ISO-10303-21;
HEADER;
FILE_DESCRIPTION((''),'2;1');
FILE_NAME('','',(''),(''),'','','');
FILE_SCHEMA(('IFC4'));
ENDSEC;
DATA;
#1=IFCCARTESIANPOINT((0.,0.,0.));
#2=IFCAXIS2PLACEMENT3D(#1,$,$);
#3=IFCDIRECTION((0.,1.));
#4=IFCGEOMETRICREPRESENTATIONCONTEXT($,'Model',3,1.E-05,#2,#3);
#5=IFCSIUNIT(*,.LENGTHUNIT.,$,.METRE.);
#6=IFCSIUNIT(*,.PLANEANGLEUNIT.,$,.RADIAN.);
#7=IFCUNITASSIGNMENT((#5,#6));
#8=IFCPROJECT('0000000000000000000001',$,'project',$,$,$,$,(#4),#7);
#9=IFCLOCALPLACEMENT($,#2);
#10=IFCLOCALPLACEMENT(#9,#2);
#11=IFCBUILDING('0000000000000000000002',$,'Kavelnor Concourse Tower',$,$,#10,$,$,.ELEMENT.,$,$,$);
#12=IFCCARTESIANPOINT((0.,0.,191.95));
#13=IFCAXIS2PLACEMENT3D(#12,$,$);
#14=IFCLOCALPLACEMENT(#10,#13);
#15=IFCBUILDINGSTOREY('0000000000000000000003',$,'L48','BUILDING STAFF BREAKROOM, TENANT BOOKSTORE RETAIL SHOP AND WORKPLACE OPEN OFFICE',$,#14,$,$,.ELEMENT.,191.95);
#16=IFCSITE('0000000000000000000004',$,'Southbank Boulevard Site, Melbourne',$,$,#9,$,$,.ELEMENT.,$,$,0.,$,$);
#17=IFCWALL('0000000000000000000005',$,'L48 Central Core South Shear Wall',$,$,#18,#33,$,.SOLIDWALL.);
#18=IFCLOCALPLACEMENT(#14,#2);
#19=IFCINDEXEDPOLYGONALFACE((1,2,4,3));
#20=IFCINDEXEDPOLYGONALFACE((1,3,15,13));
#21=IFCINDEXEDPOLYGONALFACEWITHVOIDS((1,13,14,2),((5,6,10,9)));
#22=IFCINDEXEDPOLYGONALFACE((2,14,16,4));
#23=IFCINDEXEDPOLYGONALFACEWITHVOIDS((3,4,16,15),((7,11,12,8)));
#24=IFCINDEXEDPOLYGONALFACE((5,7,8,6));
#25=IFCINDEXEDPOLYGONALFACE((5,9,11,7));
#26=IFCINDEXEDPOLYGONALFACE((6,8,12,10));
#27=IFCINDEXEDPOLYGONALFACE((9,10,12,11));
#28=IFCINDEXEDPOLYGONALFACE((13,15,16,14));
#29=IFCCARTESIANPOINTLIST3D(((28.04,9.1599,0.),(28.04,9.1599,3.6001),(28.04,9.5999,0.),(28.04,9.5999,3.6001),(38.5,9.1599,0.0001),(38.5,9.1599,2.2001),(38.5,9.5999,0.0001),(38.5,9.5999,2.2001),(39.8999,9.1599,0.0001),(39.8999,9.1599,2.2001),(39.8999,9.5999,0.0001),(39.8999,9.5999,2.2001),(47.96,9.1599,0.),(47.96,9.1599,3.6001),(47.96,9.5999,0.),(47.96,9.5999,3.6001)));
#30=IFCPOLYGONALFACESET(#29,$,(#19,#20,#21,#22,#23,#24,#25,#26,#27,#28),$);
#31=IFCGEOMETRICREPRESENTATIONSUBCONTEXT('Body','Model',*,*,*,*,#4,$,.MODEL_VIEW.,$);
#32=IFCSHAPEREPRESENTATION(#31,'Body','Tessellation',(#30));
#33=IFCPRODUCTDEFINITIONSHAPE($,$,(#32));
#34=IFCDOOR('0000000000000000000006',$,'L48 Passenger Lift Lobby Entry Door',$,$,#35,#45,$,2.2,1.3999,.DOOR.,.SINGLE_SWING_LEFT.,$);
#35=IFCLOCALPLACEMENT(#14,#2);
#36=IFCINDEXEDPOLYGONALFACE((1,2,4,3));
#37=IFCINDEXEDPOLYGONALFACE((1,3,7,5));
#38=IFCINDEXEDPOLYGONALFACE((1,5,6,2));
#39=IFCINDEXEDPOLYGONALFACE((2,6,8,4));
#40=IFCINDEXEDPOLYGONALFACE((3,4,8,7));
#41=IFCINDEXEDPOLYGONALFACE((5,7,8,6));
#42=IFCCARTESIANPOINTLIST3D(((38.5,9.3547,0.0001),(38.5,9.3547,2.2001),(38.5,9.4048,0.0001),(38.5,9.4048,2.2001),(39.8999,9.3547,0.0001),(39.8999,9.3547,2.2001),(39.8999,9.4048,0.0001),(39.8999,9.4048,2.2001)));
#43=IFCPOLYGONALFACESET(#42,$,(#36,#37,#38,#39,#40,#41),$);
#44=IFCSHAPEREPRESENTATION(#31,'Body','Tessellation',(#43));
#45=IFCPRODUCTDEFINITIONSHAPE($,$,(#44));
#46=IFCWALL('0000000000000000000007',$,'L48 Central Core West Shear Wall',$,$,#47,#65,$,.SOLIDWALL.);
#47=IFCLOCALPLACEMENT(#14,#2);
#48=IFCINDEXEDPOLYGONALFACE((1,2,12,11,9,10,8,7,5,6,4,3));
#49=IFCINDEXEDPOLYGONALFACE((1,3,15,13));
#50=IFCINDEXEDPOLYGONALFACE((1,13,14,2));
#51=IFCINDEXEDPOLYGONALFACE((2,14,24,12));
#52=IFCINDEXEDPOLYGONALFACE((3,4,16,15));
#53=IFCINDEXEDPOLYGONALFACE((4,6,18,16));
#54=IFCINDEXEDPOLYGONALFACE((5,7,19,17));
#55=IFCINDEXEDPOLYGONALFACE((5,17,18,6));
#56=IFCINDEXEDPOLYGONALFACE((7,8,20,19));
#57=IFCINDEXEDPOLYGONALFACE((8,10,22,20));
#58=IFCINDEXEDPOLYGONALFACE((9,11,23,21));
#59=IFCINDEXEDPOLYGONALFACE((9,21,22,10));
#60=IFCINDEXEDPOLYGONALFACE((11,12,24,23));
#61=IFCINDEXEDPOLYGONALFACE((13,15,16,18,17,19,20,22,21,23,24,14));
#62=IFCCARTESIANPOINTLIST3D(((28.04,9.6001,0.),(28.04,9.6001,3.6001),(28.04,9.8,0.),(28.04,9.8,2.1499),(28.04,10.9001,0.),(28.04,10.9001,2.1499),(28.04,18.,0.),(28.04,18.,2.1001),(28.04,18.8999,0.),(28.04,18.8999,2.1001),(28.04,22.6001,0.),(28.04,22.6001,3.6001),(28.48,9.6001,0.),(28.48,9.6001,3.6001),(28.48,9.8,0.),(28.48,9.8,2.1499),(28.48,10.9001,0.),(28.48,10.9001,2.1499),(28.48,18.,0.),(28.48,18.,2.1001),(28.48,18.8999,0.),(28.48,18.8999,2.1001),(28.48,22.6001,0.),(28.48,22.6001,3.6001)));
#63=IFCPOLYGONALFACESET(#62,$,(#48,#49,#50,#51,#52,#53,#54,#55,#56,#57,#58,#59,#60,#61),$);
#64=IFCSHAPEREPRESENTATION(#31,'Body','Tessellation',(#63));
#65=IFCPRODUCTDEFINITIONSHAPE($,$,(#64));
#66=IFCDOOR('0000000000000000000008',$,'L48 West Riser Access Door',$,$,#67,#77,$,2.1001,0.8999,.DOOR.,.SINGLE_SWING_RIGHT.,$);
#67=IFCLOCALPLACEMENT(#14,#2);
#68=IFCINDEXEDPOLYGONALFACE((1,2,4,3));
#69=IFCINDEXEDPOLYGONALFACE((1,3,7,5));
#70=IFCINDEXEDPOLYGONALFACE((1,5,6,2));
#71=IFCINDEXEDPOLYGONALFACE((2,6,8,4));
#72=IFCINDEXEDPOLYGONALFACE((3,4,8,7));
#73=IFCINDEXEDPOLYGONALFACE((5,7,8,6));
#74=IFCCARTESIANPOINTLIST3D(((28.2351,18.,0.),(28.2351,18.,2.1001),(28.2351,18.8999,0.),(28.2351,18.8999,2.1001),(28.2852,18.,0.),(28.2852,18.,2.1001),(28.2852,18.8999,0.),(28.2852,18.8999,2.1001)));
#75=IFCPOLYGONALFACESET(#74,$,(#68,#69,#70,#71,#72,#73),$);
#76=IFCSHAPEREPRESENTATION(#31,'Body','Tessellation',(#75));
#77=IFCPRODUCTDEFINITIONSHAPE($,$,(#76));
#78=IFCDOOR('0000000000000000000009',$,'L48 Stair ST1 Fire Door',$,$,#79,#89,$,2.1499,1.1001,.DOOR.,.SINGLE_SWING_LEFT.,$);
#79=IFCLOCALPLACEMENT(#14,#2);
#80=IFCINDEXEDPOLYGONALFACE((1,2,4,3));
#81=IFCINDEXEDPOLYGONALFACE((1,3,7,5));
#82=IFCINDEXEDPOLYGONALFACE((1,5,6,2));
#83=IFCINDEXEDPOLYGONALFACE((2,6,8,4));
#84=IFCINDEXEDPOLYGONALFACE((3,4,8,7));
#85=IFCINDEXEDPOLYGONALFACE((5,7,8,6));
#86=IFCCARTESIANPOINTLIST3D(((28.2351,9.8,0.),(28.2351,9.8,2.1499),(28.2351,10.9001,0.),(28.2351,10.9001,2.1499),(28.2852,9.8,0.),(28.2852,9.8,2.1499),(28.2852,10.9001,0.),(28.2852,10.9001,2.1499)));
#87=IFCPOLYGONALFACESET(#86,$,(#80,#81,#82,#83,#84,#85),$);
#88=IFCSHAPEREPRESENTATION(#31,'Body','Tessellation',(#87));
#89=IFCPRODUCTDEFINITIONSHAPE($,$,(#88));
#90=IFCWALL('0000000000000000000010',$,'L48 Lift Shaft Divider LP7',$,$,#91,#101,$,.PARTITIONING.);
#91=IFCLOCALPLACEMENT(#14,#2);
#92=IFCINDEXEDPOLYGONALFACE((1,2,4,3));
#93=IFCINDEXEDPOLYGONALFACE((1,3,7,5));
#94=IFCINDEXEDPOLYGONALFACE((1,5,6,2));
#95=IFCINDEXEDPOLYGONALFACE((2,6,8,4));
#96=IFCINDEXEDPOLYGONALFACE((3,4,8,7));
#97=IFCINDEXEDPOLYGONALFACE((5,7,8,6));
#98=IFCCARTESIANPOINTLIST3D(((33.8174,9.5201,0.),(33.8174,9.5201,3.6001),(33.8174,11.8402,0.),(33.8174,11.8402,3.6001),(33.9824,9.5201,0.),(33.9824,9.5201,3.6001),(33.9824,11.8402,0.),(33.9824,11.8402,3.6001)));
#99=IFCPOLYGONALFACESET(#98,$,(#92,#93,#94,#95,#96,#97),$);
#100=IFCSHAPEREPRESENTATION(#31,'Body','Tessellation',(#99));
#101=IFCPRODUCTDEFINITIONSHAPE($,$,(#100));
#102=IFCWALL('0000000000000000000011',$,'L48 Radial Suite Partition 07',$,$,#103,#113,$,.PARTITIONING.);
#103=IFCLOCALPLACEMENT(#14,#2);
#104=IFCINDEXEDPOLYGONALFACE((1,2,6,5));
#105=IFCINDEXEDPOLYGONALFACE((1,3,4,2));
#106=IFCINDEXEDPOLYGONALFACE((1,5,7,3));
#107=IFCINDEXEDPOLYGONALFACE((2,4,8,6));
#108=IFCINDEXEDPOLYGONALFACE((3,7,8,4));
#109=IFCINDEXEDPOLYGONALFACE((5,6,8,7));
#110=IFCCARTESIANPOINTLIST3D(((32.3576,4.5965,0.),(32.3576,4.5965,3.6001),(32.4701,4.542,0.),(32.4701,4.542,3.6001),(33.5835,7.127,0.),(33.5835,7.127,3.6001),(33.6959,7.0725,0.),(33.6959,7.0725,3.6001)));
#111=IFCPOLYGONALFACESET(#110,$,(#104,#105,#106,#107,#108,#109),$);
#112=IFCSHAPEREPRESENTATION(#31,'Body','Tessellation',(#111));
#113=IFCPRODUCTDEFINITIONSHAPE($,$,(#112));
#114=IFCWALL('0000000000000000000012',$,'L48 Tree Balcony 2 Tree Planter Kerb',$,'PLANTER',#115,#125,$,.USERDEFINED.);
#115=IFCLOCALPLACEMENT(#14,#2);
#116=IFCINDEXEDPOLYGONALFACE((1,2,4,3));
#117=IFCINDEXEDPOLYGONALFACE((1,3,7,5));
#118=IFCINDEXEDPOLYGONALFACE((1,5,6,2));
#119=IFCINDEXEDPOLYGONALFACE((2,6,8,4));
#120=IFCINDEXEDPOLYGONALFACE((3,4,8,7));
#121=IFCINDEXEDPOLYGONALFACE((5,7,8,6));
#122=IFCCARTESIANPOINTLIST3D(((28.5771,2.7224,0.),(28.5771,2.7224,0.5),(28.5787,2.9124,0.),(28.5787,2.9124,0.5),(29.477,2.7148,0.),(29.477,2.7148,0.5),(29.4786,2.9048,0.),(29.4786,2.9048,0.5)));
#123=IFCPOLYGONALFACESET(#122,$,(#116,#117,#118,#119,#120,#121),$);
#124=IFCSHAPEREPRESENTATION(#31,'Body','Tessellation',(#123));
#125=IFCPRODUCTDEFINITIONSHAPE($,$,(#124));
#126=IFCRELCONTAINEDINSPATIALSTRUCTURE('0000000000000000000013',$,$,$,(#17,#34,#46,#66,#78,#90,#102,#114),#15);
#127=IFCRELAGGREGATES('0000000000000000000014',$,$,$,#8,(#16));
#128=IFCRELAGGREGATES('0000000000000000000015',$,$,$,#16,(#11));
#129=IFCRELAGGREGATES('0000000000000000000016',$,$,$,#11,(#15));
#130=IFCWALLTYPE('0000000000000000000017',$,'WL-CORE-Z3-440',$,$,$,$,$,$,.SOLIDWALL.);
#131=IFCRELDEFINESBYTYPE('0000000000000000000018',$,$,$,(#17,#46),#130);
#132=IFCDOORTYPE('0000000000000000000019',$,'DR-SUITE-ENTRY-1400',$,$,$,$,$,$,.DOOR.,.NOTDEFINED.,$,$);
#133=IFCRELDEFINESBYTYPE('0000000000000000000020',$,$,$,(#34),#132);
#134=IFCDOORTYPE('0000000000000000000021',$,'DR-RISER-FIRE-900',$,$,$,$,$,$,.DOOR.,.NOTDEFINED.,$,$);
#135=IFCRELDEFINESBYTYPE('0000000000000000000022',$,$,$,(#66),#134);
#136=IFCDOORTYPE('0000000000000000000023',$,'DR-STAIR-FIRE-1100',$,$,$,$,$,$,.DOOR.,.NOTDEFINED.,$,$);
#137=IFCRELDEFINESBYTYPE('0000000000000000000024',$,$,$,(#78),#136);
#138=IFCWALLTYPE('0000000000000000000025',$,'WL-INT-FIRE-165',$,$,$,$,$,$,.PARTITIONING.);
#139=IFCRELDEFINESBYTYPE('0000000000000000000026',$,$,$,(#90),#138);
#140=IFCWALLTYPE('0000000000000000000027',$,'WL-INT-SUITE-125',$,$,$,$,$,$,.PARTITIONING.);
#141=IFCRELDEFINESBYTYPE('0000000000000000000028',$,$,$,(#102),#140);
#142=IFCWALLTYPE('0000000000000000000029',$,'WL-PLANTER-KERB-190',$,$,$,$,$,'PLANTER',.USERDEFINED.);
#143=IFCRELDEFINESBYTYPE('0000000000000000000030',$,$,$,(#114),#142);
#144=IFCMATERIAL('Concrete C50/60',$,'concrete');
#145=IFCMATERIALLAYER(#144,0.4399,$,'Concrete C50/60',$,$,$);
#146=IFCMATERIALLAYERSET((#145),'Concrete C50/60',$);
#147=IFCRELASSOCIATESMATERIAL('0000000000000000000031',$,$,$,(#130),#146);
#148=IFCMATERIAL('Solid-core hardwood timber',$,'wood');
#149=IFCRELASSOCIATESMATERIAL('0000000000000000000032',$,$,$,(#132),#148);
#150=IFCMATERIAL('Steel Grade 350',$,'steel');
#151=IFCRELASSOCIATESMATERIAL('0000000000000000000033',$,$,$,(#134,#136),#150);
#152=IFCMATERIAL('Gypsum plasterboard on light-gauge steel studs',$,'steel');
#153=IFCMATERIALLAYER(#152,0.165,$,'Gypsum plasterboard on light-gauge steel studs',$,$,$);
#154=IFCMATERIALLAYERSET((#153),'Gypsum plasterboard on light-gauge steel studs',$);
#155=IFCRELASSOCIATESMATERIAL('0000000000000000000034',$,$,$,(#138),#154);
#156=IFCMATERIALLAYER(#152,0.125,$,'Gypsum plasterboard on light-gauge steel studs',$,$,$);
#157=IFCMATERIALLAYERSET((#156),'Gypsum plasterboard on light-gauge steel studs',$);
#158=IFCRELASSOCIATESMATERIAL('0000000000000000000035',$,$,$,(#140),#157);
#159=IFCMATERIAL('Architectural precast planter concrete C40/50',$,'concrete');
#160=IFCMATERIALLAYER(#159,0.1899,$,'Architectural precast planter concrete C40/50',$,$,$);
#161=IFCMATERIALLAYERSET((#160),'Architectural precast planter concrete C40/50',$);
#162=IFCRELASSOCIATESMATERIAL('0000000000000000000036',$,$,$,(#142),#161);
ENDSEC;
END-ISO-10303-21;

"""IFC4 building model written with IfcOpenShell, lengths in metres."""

from ifc_helpers import new_model, si_unit, direction, frame, frame_2d, origin, place, context, subcontext, project, spatial, rectangle, extrude, material, layer, layer_set, type_object, element, fill, save


model = new_model("IFC4")

# Units and contexts
model_context = context("Model", 3, precision=1e-05, world=origin(), true_north=direction((0.0, 1.0)))
body_context = subcontext(model_context, "Body", "Model", "MODEL_VIEW")
ifc_project = project(units=[si_unit("LENGTHUNIT", "METRE"), si_unit("PLANEANGLEUNIT", "RADIAN")], contexts=[model_context])

# Site, building, storey
site_placement = place(None, origin())
site = spatial("IfcSite", under=ifc_project, at=site_placement, Name="Southbank Boulevard Site, Melbourne", CompositionType="ELEMENT", RefElevation=0.0)
building_placement = place(site_placement, origin())
building = spatial("IfcBuilding", under=site, at=building_placement, Name="Kavelnor Concourse Tower", CompositionType="ELEMENT")
storey_placement = place(building_placement, frame((0.0, 0.0, 191.95)))
storey = spatial("IfcBuildingStorey", under=building, at=storey_placement, Name="L48", Description="BUILDING STAFF BREAKROOM, TENANT BOOKSTORE RETAIL SHOP AND WORKPLACE OPEN OFFICE", CompositionType="ELEMENT", Elevation=191.95)

# Shared definitions
ifc_material_1 = material(Name="Steel Grade 350", Category="steel")

# Wall, opening, door
ifc_material_2 = material(Name="Concrete C50/60", Category="concrete")
ifc_layer_1 = layer(ifc_material_2, 0.4399, Name="Concrete C50/60")
ifc_layer_set_1 = layer_set([ifc_layer_1], Name="Concrete C50/60")
wall_type_1 = type_object("IfcWallType", Name="WL-CORE-Z3-440", PredefinedType="SOLIDWALL", material=ifc_layer_set_1)
wall_1_placement = place(storey_placement, frame((28.04, 9.3799, 0.0), z_axis=(0.0, 0.0, 1.0), x_axis=(1.0, 0.0, 0.0)))
wall_1 = element("IfcWall", 1, at=wall_1_placement, inside=storey, type_object=wall_type_1, Name="L48 Central Core South Shear Wall", PredefinedType="SOLIDWALL", context=body_context, shape_type="SweptSolid", body=[
    extrude(rectangle(XDim=19.9199, YDim=0.4399, at=frame_2d((9.96, 0.0))), origin(), (0.0, 0.0, 1.0), 3.6001),
])
opening_1_placement = place(wall_1_placement, frame((10.46, 0.0, 0.0)))
opening_1 = element("IfcOpeningElement", 2, at=opening_1_placement, cuts=wall_1, PredefinedType="OPENING", context=body_context, shape_type="SweptSolid", body=[
    extrude(rectangle(XDim=1.3999, YDim=2.2, at=frame_2d((0.7, 1.1001))), frame((0.0, 0.23, 0.0), z_axis=(0.0, -1.0, 0.0), x_axis=(1.0, 0.0, 0.0)), (0.0, 0.0, 1.0), 0.46),
])
ifc_material_3 = material(Name="Solid-core hardwood timber", Category="wood")
door_type_1 = type_object("IfcDoorType", Name="DR-SUITE-ENTRY-1400", OperationType="NOTDEFINED", PredefinedType="DOOR", material=ifc_material_3)
door_1_placement = place(opening_1_placement, origin())
door_1 = element("IfcDoor", 3, at=door_1_placement, inside=storey, type_object=door_type_1, Name="L48 Passenger Lift Lobby Entry Door", OperationType="SINGLE_SWING_LEFT", OverallHeight=2.2, OverallWidth=1.3999, PredefinedType="DOOR", context=body_context, shape_type="SweptSolid", body=[
    extrude(rectangle(XDim=1.3999, YDim=2.2, at=frame_2d((0.7, 1.1001))), frame((0.0, 0.0249, 0.0), z_axis=(0.0, -1.0, 0.0), x_axis=(1.0, 0.0, 0.0)), (0.0, 0.0, 1.0), 0.05),
])
fill(opening_1, door_1)

# Wall, openings, doors
wall_2_placement = place(storey_placement, frame((28.26, 9.6001, 0.0), z_axis=(0.0, 0.0, 1.0), x_axis=(0.0, 1.0, 0.0)))
wall_2 = element("IfcWall", 4, at=wall_2_placement, inside=storey, type_object=wall_type_1, Name="L48 Central Core West Shear Wall", PredefinedType="SOLIDWALL", context=body_context, shape_type="SweptSolid", body=[
    extrude(rectangle(XDim=13.0, YDim=0.4399, at=frame_2d((6.5, 0.0))), origin(), (0.0, 0.0, 1.0), 3.6001),
])
opening_2_placement = place(wall_2_placement, frame((0.2, 0.0, 0.0)))
opening_2 = element("IfcOpeningElement", 5, at=opening_2_placement, cuts=wall_2, PredefinedType="OPENING", context=body_context, shape_type="SweptSolid", body=[
    extrude(rectangle(XDim=1.1001, YDim=2.1499, at=frame_2d((0.55, 1.075))), frame((0.0, 0.23, 0.0), z_axis=(0.0, -1.0, 0.0), x_axis=(1.0, 0.0, 0.0)), (0.0, 0.0, 1.0), 0.46),
])
opening_3_placement = place(wall_2_placement, frame((8.3999, 0.0, 0.0)))
opening_3 = element("IfcOpeningElement", 6, at=opening_3_placement, cuts=wall_2, PredefinedType="OPENING", context=body_context, shape_type="SweptSolid", body=[
    extrude(rectangle(XDim=0.8999, YDim=2.1001, at=frame_2d((0.45, 1.05))), frame((0.0, 0.23, 0.0), z_axis=(0.0, -1.0, 0.0), x_axis=(1.0, 0.0, 0.0)), (0.0, 0.0, 1.0), 0.46),
])
door_type_2 = type_object("IfcDoorType", Name="DR-RISER-FIRE-900", OperationType="NOTDEFINED", PredefinedType="DOOR", material=ifc_material_1)
door_2_placement = place(opening_3_placement, origin())
door_2 = element("IfcDoor", 7, at=door_2_placement, inside=storey, type_object=door_type_2, Name="L48 West Riser Access Door", OperationType="SINGLE_SWING_RIGHT", OverallHeight=2.1001, OverallWidth=0.8999, PredefinedType="DOOR", context=body_context, shape_type="SweptSolid", body=[
    extrude(rectangle(XDim=0.8999, YDim=2.1001, at=frame_2d((0.45, 1.05))), frame((0.0, 0.0249, 0.0), z_axis=(0.0, -1.0, 0.0), x_axis=(1.0, 0.0, 0.0)), (0.0, 0.0, 1.0), 0.05),
])
fill(opening_3, door_2)
door_type_3 = type_object("IfcDoorType", Name="DR-STAIR-FIRE-1100", OperationType="NOTDEFINED", PredefinedType="DOOR", material=ifc_material_1)
door_3_placement = place(opening_2_placement, origin())
door_3 = element("IfcDoor", 8, at=door_3_placement, inside=storey, type_object=door_type_3, Name="L48 Stair ST1 Fire Door", OperationType="SINGLE_SWING_LEFT", OverallHeight=2.1499, OverallWidth=1.1001, PredefinedType="DOOR", context=body_context, shape_type="SweptSolid", body=[
    extrude(rectangle(XDim=1.1001, YDim=2.1499, at=frame_2d((0.55, 1.075))), frame((0.0, 0.0249, 0.0), z_axis=(0.0, -1.0, 0.0), x_axis=(1.0, 0.0, 0.0)), (0.0, 0.0, 1.0), 0.05),
])
fill(opening_2, door_3)

# Walls
ifc_material_4 = material(Name="Gypsum plasterboard on light-gauge steel studs", Category="steel")
ifc_layer_2 = layer(ifc_material_4, 0.165, Name="Gypsum plasterboard on light-gauge steel studs")
ifc_layer_set_2 = layer_set([ifc_layer_2], Name="Gypsum plasterboard on light-gauge steel studs")
wall_type_2 = type_object("IfcWallType", Name="WL-INT-FIRE-165", PredefinedType="PARTITIONING", material=ifc_layer_set_2)
wall_3_placement = place(storey_placement, frame((33.8999, 9.52, 0.0), z_axis=(0.0, 0.0, 1.0), x_axis=(0.0, 1.0, 0.0)))
element("IfcWall", 9, at=wall_3_placement, inside=storey, type_object=wall_type_2, Name="L48 Lift Shaft Divider LP7", PredefinedType="PARTITIONING", context=body_context, shape_type="SweptSolid", body=[
    extrude(rectangle(XDim=2.3201, YDim=0.165, at=frame_2d((1.1602, 0.0))), origin(), (0.0, 0.0, 1.0), 3.6001),
])
ifc_layer_3 = layer(ifc_material_4, 0.125, Name="Gypsum plasterboard on light-gauge steel studs")
ifc_layer_set_3 = layer_set([ifc_layer_3], Name="Gypsum plasterboard on light-gauge steel studs")
wall_type_3 = type_object("IfcWallType", Name="WL-INT-SUITE-125", PredefinedType="PARTITIONING", material=ifc_layer_set_3)
wall_4_placement = place(storey_placement, frame((33.6396, 7.0996, 0.0), z_axis=(0.0, 0.0, 1.0), x_axis=(-0.43596, -0.899966, 0.0)))
element("IfcWall", 10, at=wall_4_placement, inside=storey, type_object=wall_type_3, Name="L48 Radial Suite Partition 07", PredefinedType="PARTITIONING", context=body_context, shape_type="SweptSolid", body=[
    extrude(rectangle(XDim=2.8118, YDim=0.125, at=frame_2d((1.4058, 0.0))), origin(), (0.0, 0.0, 1.0), 3.6001),
])
ifc_material_5 = material(Name="Architectural precast planter concrete C40/50", Category="concrete")
ifc_layer_4 = layer(ifc_material_5, 0.1899, Name="Architectural precast planter concrete C40/50")
ifc_layer_set_4 = layer_set([ifc_layer_4], Name="Architectural precast planter concrete C40/50")
wall_type_4 = type_object("IfcWallType", Name="WL-PLANTER-KERB-190", ElementType="PLANTER", PredefinedType="USERDEFINED", material=ifc_layer_set_4)
wall_5_placement = place(storey_placement, frame((28.5779, 2.8174, 0.0), z_axis=(0.0, 0.0, 1.0), x_axis=(0.999965, -0.00841, 0.0)))
element("IfcWall", 11, at=wall_5_placement, inside=storey, type_object=wall_type_4, Name="L48 Tree Balcony 2 Tree Planter Kerb", ObjectType="PLANTER", PredefinedType="USERDEFINED", context=body_context, shape_type="SweptSolid", body=[
    extrude(rectangle(XDim=0.8999, YDim=0.1899, at=frame_2d((0.45, 0.0))), origin(), (0.0, 0.0, 1.0), 0.5),
])

save(model, "model.ifc")
